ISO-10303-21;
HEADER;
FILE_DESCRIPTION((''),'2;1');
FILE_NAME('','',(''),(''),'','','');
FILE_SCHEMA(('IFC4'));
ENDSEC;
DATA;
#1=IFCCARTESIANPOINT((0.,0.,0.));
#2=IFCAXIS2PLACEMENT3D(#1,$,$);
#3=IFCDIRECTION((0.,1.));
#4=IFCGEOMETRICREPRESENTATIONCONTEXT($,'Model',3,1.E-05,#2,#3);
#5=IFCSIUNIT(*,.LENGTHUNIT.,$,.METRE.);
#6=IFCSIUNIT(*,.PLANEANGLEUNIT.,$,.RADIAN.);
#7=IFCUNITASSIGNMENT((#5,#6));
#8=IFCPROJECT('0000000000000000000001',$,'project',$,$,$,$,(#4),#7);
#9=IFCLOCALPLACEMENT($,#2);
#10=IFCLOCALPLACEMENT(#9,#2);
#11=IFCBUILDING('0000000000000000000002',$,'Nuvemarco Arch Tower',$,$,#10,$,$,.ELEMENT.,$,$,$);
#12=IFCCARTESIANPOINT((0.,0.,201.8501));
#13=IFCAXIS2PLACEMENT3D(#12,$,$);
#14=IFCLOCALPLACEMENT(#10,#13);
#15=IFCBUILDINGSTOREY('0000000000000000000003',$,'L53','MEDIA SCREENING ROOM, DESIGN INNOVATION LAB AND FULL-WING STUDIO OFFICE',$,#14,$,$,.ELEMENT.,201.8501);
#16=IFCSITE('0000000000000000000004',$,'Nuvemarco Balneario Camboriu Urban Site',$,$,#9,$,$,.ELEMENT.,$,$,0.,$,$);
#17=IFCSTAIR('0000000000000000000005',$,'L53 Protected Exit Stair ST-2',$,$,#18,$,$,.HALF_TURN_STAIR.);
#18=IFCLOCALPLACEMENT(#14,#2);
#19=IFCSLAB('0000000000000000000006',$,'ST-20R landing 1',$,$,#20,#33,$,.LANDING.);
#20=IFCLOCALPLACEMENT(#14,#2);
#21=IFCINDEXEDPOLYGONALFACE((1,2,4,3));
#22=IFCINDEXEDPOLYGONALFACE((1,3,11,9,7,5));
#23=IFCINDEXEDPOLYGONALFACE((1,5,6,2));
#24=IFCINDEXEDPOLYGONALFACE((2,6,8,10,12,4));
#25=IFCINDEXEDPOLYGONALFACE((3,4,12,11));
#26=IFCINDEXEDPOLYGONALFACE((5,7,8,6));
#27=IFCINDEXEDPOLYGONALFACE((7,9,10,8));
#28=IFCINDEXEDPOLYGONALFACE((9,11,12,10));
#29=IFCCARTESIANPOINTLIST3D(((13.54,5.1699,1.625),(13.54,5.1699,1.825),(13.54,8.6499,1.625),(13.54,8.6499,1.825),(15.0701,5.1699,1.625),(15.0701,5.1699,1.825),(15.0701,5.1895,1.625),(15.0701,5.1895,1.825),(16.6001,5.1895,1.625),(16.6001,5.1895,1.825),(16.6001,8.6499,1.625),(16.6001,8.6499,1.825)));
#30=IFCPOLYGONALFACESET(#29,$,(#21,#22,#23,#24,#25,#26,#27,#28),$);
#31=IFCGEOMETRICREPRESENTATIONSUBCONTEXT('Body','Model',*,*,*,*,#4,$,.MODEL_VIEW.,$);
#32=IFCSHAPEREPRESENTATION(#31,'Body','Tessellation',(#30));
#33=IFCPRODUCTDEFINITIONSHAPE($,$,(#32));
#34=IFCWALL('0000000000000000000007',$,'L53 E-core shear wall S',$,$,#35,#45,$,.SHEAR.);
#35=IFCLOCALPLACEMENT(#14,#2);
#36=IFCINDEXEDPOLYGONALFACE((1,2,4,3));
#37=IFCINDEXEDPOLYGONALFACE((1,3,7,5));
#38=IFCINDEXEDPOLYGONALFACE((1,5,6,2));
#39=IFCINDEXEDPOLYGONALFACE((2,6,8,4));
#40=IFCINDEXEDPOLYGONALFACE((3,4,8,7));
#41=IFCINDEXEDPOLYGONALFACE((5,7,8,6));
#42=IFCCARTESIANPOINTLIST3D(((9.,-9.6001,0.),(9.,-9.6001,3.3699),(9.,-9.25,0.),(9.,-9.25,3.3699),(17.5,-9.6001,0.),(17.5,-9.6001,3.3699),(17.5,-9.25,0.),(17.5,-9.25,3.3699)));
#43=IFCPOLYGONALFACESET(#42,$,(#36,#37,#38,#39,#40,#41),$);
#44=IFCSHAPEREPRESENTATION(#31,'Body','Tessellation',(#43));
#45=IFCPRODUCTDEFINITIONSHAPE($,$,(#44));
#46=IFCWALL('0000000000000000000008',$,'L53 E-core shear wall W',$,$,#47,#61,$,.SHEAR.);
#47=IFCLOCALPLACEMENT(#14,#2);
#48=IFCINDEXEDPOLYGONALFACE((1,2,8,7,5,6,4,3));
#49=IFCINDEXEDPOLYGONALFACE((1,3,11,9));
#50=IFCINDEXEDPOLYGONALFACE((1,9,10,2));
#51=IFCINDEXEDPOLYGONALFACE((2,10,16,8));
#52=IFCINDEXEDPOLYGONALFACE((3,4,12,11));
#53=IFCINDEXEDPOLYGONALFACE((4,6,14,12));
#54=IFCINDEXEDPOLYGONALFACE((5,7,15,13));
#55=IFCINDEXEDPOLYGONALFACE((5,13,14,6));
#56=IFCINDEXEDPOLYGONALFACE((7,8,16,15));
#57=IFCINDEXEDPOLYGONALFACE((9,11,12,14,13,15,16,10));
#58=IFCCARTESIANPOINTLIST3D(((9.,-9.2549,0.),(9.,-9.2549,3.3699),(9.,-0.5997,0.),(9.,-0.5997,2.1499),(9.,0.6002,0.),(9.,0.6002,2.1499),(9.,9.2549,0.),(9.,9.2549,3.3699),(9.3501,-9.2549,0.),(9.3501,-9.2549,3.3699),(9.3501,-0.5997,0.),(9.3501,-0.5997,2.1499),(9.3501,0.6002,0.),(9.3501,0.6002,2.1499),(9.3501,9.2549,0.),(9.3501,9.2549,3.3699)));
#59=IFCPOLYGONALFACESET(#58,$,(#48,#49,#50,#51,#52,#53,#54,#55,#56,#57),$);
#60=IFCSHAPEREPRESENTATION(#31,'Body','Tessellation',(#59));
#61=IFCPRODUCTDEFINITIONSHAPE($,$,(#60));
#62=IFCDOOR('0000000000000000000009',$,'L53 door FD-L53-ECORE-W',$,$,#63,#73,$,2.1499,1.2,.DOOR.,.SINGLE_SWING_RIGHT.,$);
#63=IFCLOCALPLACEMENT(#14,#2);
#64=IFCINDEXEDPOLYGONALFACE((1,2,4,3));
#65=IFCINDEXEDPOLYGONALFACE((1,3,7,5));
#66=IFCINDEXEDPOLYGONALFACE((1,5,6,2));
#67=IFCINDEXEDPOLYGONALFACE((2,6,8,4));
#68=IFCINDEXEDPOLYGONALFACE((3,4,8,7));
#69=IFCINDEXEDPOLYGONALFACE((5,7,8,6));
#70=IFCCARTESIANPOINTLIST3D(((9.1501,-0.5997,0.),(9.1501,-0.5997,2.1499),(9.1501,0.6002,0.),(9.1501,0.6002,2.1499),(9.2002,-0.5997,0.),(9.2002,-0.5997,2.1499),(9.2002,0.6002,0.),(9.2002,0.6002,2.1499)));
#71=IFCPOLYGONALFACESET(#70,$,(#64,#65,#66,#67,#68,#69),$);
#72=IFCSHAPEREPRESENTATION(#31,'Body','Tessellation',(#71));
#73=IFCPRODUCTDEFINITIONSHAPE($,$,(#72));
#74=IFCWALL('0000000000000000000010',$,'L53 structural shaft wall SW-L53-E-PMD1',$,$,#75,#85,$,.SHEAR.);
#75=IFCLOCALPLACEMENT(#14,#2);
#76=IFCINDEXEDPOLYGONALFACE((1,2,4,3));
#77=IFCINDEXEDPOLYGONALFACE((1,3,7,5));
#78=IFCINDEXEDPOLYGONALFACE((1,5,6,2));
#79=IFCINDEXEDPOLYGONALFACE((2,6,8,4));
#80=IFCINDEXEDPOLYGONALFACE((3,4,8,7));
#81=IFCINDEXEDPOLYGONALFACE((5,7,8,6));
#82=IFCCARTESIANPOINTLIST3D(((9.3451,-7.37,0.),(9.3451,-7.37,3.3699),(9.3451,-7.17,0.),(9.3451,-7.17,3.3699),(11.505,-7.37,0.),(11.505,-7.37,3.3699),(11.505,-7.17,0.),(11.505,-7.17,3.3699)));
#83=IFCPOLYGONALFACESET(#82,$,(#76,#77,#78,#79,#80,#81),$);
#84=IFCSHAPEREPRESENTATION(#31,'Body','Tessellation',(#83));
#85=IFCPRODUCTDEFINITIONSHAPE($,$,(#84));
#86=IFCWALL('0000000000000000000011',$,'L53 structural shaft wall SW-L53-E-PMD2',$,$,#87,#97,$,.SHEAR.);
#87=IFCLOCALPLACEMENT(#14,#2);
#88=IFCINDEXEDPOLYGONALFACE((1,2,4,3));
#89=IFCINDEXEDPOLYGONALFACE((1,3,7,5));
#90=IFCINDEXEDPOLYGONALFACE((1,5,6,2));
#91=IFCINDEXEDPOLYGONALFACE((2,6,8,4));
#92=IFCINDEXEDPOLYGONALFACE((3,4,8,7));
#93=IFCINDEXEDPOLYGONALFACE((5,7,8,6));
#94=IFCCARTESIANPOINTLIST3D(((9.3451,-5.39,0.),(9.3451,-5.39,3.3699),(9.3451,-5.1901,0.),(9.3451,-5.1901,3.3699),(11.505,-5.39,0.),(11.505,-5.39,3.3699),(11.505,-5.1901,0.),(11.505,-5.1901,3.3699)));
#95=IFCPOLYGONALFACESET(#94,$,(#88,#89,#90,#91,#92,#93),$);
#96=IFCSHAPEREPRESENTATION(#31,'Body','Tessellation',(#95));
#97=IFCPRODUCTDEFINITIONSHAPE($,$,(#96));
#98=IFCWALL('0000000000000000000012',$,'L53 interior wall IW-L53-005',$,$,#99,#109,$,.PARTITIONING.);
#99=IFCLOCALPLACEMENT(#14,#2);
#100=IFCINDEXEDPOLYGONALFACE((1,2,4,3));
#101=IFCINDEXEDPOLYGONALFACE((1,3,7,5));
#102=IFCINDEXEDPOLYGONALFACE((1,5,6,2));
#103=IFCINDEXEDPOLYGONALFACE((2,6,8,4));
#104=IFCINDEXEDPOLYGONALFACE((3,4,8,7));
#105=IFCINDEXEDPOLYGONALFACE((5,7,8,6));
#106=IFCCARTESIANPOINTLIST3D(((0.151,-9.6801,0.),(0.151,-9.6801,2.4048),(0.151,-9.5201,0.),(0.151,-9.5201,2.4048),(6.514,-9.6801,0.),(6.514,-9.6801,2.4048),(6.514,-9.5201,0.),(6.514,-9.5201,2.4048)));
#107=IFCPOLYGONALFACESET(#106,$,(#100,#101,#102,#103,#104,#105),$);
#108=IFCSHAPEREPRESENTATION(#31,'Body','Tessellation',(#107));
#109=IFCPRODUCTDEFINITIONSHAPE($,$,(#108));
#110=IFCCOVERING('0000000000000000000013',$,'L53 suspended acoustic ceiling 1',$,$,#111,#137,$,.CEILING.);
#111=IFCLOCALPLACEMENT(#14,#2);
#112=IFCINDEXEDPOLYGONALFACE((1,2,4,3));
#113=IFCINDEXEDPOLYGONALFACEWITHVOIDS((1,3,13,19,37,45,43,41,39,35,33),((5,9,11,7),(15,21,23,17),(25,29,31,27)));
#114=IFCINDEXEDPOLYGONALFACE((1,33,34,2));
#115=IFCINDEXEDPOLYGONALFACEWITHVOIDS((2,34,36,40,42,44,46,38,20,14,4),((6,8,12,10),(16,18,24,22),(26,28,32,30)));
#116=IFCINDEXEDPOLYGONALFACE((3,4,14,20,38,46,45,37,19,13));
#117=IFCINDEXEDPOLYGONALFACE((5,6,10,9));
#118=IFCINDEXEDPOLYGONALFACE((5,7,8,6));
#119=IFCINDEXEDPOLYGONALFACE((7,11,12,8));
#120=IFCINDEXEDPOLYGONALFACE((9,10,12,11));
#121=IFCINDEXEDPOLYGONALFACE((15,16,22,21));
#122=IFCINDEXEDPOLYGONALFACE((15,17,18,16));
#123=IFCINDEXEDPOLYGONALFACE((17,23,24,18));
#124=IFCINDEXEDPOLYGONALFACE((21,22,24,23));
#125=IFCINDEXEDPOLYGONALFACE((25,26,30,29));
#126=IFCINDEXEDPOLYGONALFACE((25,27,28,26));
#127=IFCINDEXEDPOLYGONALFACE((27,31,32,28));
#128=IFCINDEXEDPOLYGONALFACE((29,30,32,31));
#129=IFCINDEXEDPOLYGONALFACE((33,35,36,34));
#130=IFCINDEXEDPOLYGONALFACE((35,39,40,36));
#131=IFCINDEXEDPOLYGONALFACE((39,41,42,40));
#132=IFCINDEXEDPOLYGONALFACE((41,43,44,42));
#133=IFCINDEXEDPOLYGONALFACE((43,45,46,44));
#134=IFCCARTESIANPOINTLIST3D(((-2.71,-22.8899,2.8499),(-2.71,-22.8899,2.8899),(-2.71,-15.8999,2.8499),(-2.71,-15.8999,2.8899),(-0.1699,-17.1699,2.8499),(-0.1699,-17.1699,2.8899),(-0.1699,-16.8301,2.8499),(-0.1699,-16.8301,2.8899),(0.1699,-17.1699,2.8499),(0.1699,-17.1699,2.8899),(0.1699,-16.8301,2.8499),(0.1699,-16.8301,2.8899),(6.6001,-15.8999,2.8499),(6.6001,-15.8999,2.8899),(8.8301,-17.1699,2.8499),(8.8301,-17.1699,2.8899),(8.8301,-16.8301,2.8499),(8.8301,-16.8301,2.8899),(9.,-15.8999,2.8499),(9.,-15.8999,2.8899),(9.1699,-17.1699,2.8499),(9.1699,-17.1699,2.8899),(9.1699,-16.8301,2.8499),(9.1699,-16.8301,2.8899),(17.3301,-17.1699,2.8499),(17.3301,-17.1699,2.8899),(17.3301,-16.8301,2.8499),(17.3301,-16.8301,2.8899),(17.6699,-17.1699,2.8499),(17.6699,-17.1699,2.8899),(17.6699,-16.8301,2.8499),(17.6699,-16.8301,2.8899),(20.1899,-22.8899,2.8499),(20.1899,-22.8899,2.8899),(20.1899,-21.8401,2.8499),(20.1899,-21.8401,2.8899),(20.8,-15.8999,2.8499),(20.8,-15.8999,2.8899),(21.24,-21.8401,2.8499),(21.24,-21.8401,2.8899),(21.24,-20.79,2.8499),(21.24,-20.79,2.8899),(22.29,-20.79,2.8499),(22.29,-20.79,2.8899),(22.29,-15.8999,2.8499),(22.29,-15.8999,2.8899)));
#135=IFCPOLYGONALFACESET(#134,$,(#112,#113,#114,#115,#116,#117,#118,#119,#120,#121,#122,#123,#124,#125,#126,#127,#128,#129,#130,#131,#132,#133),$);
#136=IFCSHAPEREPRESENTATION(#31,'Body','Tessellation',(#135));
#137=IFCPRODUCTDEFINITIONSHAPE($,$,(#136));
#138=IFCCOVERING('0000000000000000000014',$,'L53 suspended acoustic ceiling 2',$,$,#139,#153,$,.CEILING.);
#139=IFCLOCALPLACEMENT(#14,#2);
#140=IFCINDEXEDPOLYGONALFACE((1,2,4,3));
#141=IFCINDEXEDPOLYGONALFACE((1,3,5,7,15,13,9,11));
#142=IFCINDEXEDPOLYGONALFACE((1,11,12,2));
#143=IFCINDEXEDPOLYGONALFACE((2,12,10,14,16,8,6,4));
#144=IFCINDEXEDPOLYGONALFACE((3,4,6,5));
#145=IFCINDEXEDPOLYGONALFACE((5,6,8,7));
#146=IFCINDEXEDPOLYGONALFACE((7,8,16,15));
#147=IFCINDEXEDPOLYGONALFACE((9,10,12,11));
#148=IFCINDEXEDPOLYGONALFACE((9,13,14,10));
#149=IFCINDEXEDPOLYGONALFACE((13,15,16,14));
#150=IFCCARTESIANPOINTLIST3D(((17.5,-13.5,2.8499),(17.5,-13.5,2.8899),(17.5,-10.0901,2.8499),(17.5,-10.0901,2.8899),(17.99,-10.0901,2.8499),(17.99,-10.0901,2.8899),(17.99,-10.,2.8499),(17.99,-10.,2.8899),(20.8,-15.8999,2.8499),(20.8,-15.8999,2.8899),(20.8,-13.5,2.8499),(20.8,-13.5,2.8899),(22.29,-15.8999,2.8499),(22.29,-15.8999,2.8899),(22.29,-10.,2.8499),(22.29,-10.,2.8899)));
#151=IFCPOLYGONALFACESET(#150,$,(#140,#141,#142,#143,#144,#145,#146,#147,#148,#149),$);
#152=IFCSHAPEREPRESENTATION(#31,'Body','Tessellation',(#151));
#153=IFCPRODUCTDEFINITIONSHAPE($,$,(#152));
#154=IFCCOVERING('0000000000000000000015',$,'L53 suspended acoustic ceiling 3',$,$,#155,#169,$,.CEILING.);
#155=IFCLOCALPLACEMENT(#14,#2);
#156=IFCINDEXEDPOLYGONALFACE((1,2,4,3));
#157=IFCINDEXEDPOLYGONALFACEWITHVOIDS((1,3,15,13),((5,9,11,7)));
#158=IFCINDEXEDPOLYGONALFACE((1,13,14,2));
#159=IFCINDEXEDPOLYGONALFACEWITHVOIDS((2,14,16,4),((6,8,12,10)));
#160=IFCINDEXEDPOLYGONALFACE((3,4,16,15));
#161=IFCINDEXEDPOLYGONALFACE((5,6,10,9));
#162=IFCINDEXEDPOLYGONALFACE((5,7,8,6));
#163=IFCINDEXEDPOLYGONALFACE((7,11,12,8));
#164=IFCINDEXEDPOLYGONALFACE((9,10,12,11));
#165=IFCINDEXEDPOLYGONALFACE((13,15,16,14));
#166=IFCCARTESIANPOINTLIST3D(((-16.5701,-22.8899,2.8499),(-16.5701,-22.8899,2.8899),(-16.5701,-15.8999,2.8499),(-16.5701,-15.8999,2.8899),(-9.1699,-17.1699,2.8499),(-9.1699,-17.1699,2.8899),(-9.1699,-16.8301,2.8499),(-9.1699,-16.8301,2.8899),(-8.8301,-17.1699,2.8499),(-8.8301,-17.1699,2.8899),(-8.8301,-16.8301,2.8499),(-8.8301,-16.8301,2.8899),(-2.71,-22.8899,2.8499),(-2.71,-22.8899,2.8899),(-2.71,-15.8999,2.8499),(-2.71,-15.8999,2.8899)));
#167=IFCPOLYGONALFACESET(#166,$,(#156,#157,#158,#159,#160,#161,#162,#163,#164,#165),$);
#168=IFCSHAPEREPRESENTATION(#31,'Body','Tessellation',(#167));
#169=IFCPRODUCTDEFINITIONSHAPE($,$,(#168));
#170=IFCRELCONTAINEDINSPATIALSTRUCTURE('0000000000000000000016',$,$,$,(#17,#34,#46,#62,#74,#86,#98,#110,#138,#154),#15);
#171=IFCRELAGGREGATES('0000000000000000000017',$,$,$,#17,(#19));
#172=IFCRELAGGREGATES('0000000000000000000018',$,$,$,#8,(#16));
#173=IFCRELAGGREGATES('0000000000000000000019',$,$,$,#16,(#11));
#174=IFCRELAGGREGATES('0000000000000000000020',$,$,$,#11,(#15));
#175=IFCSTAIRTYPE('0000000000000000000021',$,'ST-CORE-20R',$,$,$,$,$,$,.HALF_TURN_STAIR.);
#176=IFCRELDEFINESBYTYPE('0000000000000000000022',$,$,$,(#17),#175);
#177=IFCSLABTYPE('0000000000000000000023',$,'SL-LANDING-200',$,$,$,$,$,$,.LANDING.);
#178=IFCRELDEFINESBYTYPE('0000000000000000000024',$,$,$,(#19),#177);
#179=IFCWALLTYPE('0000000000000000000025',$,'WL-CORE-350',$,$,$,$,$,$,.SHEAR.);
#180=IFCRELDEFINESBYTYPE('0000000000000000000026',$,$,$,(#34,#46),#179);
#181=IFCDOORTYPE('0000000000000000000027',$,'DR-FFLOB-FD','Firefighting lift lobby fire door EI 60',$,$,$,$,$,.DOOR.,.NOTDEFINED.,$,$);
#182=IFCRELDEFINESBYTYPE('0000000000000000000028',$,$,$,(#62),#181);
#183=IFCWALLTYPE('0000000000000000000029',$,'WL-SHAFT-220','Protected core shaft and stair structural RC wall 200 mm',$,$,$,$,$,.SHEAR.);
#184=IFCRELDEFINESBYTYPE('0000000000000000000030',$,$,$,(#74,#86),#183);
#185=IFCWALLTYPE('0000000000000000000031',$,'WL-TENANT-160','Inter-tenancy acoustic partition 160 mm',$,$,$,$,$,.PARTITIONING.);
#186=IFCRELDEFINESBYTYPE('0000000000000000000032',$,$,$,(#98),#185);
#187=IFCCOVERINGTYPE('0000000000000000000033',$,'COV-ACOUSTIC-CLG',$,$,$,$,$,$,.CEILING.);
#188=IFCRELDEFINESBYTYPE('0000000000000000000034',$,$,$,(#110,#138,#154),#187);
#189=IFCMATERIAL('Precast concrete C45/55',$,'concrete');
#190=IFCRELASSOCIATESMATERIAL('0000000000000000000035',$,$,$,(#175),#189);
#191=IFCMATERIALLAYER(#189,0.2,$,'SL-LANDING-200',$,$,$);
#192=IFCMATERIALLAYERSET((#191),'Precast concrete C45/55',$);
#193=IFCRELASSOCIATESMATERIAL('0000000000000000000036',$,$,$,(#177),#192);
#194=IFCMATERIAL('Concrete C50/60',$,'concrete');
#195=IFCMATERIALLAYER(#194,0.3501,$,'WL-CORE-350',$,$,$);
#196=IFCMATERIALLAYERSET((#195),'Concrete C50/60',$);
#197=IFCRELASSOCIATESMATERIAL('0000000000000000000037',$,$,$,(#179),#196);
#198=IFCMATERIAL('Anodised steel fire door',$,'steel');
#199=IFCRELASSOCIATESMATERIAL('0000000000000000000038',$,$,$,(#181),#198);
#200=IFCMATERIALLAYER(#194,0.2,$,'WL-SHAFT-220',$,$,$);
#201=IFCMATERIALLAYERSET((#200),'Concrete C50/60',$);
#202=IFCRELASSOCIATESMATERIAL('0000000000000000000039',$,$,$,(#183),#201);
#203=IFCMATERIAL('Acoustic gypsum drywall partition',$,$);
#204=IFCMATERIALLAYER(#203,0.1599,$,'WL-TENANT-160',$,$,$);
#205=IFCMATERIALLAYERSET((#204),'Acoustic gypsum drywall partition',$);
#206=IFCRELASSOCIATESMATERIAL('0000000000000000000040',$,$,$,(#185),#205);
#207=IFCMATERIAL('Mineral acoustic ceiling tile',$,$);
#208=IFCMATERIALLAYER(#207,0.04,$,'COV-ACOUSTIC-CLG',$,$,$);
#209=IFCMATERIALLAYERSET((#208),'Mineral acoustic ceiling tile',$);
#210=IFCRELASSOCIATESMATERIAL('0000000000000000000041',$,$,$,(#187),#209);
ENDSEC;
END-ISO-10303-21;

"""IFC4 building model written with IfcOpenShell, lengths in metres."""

from ifc_helpers import new_model, si_unit, direction, frame, frame_2d, origin, place, context, subcontext, project, spatial, polyline, rectangle, outline, extrude, source, transform, mapped, material, layer, layer_set, type_object, type_shapes, element, fill, aggregate, save


model = new_model("IFC4")

# Units and contexts
model_context = context("Model", 3, precision=1e-05, world=origin(), true_north=direction((0.0, 1.0)))
body_context = subcontext(model_context, "Body", "Model", "MODEL_VIEW")
ifc_project = project(units=[si_unit("LENGTHUNIT", "METRE"), si_unit("PLANEANGLEUNIT", "RADIAN")], contexts=[model_context])

# Site, building, storey
site_placement = place(None, origin())
site = spatial("IfcSite", under=ifc_project, at=site_placement, Name="Nuvemarco Balneario Camboriu Urban Site", CompositionType="ELEMENT", RefElevation=0.0)
building_placement = place(site_placement, origin())
building = spatial("IfcBuilding", under=site, at=building_placement, Name="Nuvemarco Arch Tower", CompositionType="ELEMENT")
storey_placement = place(building_placement, frame((0.0, 0.0, 201.8501)))
storey = spatial("IfcBuildingStorey", under=building, at=storey_placement, Name="L53", Description="MEDIA SCREENING ROOM, DESIGN INNOVATION LAB AND FULL-WING STUDIO OFFICE", CompositionType="ELEMENT", Elevation=201.8501)

# Shared definitions
ifc_material_1 = material(Name="Concrete C50/60", Category="concrete")

# Stair, slab
ifc_material_2 = material(Name="Precast concrete C45/55", Category="concrete")
stair_type = type_object("IfcStairType", Name="ST-CORE-20R", PredefinedType="HALF_TURN_STAIR", material=ifc_material_2)
ifc_layer_1 = layer(ifc_material_2, 0.2, Name="SL-LANDING-200")
ifc_layer_set_1 = layer_set([ifc_layer_1], Name="Precast concrete C45/55")
slab_type = type_object("IfcSlabType", Name="SL-LANDING-200", PredefinedType="LANDING", material=ifc_layer_set_1)
stair_1_placement = place(storey_placement, origin())
stair_1 = element("IfcStair", 1, at=stair_1_placement, inside=storey, type_object=stair_type, Name="L53 Protected Exit Stair ST-2", PredefinedType="HALF_TURN_STAIR")
slab_1_placement = place(storey_placement, frame((0.0, 0.0, 1.625)))
slab_1 = element("IfcSlab", 2, at=slab_1_placement, type_object=slab_type, Name="ST-20R landing 1", PredefinedType="LANDING", context=body_context, shape_type="SweptSolid", body=[
    extrude(outline(polyline([(16.6001, 5.1895), (16.6001, 8.6499), (13.54, 8.6499), (13.54, 5.1699), (15.0701, 5.1699), (15.0701, 5.1895), (16.6001, 5.1895)])), origin(), (0.0, 0.0, 1.0), 0.2),
])
aggregate(stair_1, [slab_1])

# Wall
ifc_layer_2 = layer(ifc_material_1, 0.3501, Name="WL-CORE-350")
ifc_layer_set_2 = layer_set([ifc_layer_2], Name="Concrete C50/60")
wall_type_1 = type_object("IfcWallType", Name="WL-CORE-350", PredefinedType="SHEAR", material=ifc_layer_set_2)
wall_1_placement = place(storey_placement, frame((9.0, -9.425, 0.0), z_axis=(0.0, 0.0, 1.0), x_axis=(1.0, 0.0, 0.0)))
element("IfcWall", 3, at=wall_1_placement, inside=storey, type_object=wall_type_1, Name="L53 E-core shear wall S", PredefinedType="SHEAR", context=body_context, shape_type="SweptSolid", body=[
    extrude(rectangle(XDim=8.5, YDim=0.3501, at=frame_2d((4.25, 0.0))), origin(), (0.0, 0.0, 1.0), 3.3699),
])

# Wall, opening, door
wall_2_placement = place(storey_placement, frame((9.175, -9.2549, 0.0), z_axis=(0.0, 0.0, 1.0), x_axis=(0.0, 1.0, 0.0)))
wall_2 = element("IfcWall", 4, at=wall_2_placement, inside=storey, type_object=wall_type_1, Name="L53 E-core shear wall W", PredefinedType="SHEAR", context=body_context, shape_type="SweptSolid", body=[
    extrude(rectangle(XDim=18.5098, YDim=0.3501, at=frame_2d((9.2549, 0.0))), origin(), (0.0, 0.0, 1.0), 3.3699),
])
opening_placement = place(wall_2_placement, frame((8.655, 0.0, 0.0)))
opening = element("IfcOpeningElement", 5, at=opening_placement, cuts=wall_2, PredefinedType="OPENING", context=body_context, shape_type="SweptSolid", body=[
    extrude(rectangle(XDim=1.2, YDim=2.1499, at=frame_2d((0.6001, 1.075))), frame((0.0, 0.1851, 0.0), z_axis=(0.0, -1.0, 0.0), x_axis=(1.0, 0.0, 0.0)), (0.0, 0.0, 1.0), 0.3701),
])
ifc_material_3 = material(Name="Anodised steel fire door", Category="steel")
door_type = type_object("IfcDoorType", Name="DR-FFLOB-FD", Description="Firefighting lift lobby fire door EI 60", OperationType="NOTDEFINED", PredefinedType="DOOR", material=ifc_material_3)
shared_shape = source(origin(), body_context, "Body", "SweptSolid", [
    extrude(rectangle(XDim=1.2, YDim=2.1499, at=frame_2d((0.6001, 1.075))), frame((0.0, 0.0249, 0.0), z_axis=(0.0, -1.0, 0.0), x_axis=(1.0, 0.0, 0.0)), (0.0, 0.0, 1.0), 0.05),
])
type_shapes(door_type, [shared_shape])
door_placement = place(opening_placement, origin())
door = element("IfcDoor", 6, at=door_placement, inside=storey, type_object=door_type, Name="L53 door FD-L53-ECORE-W", OperationType="SINGLE_SWING_RIGHT", OverallHeight=2.1499, OverallWidth=1.2, PredefinedType="DOOR", context=body_context, shape_type="MappedRepresentation", body=[
    mapped(shared_shape, transform((0.0, 0.0, 0.0), scale=1.0)),
])
fill(opening, door)

# Walls
ifc_layer_3 = layer(ifc_material_1, 0.2, Name="WL-SHAFT-220")
ifc_layer_set_3 = layer_set([ifc_layer_3], Name="Concrete C50/60")
wall_type_2 = type_object("IfcWallType", Name="WL-SHAFT-220", Description="Protected core shaft and stair structural RC wall 200 mm", PredefinedType="SHEAR", material=ifc_layer_set_3)
for number, where, z_axis, x_axis, name in (
    (7, (9.345, -7.27, 0.0), (0.0, 0.0, 1.0), (1.0, 0.0, 0.0), "L53 structural shaft wall SW-L53-E-PMD1"),
    (8, (9.345, -5.29, 0.0), (0.0, 0.0, 1.0), (1.0, 0.0, 0.0), "L53 structural shaft wall SW-L53-E-PMD2"),
):
    element("IfcWall", number, at=place(storey_placement, frame(where, z_axis=z_axis, x_axis=x_axis)), inside=storey, type_object=wall_type_2, Name=name, PredefinedType="SHEAR", context=body_context, shape_type="SweptSolid", body=[
        extrude(rectangle(XDim=2.1599, YDim=0.2, at=frame_2d((1.0801, 0.0))), origin(), (0.0, 0.0, 1.0), 3.3699),
    ])
ifc_material_4 = material(Name="Acoustic gypsum drywall partition")
ifc_layer_4 = layer(ifc_material_4, 0.1599, Name="WL-TENANT-160")
ifc_layer_set_4 = layer_set([ifc_layer_4], Name="Acoustic gypsum drywall partition")
wall_type_3 = type_object("IfcWallType", Name="WL-TENANT-160", Description="Inter-tenancy acoustic partition 160 mm", PredefinedType="PARTITIONING", material=ifc_layer_set_4)
wall_3_placement = place(storey_placement, frame((0.1509, -9.6001, 0.0), z_axis=(0.0, 0.0, 1.0), x_axis=(1.0, 0.0, 0.0)))
element("IfcWall", 9, at=wall_3_placement, inside=storey, type_object=wall_type_3, Name="L53 interior wall IW-L53-005", PredefinedType="PARTITIONING", context=body_context, shape_type="SweptSolid", body=[
    extrude(rectangle(XDim=6.363, YDim=0.1599, at=frame_2d((3.1816, 0.0))), origin(), (0.0, 0.0, 1.0), 2.4048),
])

# Coverings
ifc_material_5 = material(Name="Mineral acoustic ceiling tile")
ifc_layer_5 = layer(ifc_material_5, 0.04, Name="COV-ACOUSTIC-CLG")
ifc_layer_set_5 = layer_set([ifc_layer_5], Name="Mineral acoustic ceiling tile")
covering_type = type_object("IfcCoveringType", Name="COV-ACOUSTIC-CLG", PredefinedType="CEILING", material=ifc_layer_set_5)
covering_1_placement = place(storey_placement, frame((0.0, 0.0, 2.8499)))
element("IfcCovering", 10, at=covering_1_placement, inside=storey, type_object=covering_type, Name="L53 suspended acoustic ceiling 1", PredefinedType="CEILING", context=body_context, shape_type="SweptSolid", body=[
    extrude(outline(polyline([(20.1899, -22.8899), (-2.71, -22.8899), (-2.71, -15.8999), (6.6001, -15.8999), (9.0, -15.8999), (20.8, -15.8999), (22.29, -15.8999), (22.29, -20.79), (21.24, -20.79), (21.24, -21.8401), (20.1899, -21.8401), (20.1899, -22.8899)]), holes=[polyline([(0.1699, -17.1699), (0.1699, -16.8301), (-0.1699, -16.8301), (-0.1699, -17.1699), (0.1699, -17.1699)]), polyline([(9.1699, -17.1699), (9.1699, -16.8301), (8.8301, -16.8301), (8.8301, -17.1699), (9.1699, -17.1699)]), polyline([(17.6699, -17.1699), (17.6699, -16.8301), (17.3301, -16.8301), (17.3301, -17.1699), (17.6699, -17.1699)])]), origin(), (0.0, 0.0, 1.0), 0.04),
])
covering_2_placement = place(storey_placement, frame((0.0, 0.0, 2.8499)))
element("IfcCovering", 11, at=covering_2_placement, inside=storey, type_object=covering_type, Name="L53 suspended acoustic ceiling 2", PredefinedType="CEILING", context=body_context, shape_type="SweptSolid", body=[
    extrude(outline(polyline([(17.5, -10.0901), (17.99, -10.0901), (17.99, -10.0), (22.29, -10.0), (22.29, -15.8999), (20.8, -15.8999), (20.8, -13.5), (17.5, -13.5), (17.5, -10.0901)])), origin(), (0.0, 0.0, 1.0), 0.04),
])
covering_3_placement = place(storey_placement, frame((0.0, 0.0, 2.8499)))
element("IfcCovering", 12, at=covering_3_placement, inside=storey, type_object=covering_type, Name="L53 suspended acoustic ceiling 3", PredefinedType="CEILING", context=body_context, shape_type="SweptSolid", body=[
    extrude(outline(polyline([(-16.5701, -22.8899), (-16.5701, -15.8999), (-2.71, -15.8999), (-2.71, -22.8899), (-16.5701, -22.8899)]), holes=[polyline([(-8.8301, -17.1699), (-8.8301, -16.8301), (-9.1699, -16.8301), (-9.1699, -17.1699), (-8.8301, -17.1699)])]), origin(), (0.0, 0.0, 1.0), 0.04),
])

save(model, "model.ifc")
